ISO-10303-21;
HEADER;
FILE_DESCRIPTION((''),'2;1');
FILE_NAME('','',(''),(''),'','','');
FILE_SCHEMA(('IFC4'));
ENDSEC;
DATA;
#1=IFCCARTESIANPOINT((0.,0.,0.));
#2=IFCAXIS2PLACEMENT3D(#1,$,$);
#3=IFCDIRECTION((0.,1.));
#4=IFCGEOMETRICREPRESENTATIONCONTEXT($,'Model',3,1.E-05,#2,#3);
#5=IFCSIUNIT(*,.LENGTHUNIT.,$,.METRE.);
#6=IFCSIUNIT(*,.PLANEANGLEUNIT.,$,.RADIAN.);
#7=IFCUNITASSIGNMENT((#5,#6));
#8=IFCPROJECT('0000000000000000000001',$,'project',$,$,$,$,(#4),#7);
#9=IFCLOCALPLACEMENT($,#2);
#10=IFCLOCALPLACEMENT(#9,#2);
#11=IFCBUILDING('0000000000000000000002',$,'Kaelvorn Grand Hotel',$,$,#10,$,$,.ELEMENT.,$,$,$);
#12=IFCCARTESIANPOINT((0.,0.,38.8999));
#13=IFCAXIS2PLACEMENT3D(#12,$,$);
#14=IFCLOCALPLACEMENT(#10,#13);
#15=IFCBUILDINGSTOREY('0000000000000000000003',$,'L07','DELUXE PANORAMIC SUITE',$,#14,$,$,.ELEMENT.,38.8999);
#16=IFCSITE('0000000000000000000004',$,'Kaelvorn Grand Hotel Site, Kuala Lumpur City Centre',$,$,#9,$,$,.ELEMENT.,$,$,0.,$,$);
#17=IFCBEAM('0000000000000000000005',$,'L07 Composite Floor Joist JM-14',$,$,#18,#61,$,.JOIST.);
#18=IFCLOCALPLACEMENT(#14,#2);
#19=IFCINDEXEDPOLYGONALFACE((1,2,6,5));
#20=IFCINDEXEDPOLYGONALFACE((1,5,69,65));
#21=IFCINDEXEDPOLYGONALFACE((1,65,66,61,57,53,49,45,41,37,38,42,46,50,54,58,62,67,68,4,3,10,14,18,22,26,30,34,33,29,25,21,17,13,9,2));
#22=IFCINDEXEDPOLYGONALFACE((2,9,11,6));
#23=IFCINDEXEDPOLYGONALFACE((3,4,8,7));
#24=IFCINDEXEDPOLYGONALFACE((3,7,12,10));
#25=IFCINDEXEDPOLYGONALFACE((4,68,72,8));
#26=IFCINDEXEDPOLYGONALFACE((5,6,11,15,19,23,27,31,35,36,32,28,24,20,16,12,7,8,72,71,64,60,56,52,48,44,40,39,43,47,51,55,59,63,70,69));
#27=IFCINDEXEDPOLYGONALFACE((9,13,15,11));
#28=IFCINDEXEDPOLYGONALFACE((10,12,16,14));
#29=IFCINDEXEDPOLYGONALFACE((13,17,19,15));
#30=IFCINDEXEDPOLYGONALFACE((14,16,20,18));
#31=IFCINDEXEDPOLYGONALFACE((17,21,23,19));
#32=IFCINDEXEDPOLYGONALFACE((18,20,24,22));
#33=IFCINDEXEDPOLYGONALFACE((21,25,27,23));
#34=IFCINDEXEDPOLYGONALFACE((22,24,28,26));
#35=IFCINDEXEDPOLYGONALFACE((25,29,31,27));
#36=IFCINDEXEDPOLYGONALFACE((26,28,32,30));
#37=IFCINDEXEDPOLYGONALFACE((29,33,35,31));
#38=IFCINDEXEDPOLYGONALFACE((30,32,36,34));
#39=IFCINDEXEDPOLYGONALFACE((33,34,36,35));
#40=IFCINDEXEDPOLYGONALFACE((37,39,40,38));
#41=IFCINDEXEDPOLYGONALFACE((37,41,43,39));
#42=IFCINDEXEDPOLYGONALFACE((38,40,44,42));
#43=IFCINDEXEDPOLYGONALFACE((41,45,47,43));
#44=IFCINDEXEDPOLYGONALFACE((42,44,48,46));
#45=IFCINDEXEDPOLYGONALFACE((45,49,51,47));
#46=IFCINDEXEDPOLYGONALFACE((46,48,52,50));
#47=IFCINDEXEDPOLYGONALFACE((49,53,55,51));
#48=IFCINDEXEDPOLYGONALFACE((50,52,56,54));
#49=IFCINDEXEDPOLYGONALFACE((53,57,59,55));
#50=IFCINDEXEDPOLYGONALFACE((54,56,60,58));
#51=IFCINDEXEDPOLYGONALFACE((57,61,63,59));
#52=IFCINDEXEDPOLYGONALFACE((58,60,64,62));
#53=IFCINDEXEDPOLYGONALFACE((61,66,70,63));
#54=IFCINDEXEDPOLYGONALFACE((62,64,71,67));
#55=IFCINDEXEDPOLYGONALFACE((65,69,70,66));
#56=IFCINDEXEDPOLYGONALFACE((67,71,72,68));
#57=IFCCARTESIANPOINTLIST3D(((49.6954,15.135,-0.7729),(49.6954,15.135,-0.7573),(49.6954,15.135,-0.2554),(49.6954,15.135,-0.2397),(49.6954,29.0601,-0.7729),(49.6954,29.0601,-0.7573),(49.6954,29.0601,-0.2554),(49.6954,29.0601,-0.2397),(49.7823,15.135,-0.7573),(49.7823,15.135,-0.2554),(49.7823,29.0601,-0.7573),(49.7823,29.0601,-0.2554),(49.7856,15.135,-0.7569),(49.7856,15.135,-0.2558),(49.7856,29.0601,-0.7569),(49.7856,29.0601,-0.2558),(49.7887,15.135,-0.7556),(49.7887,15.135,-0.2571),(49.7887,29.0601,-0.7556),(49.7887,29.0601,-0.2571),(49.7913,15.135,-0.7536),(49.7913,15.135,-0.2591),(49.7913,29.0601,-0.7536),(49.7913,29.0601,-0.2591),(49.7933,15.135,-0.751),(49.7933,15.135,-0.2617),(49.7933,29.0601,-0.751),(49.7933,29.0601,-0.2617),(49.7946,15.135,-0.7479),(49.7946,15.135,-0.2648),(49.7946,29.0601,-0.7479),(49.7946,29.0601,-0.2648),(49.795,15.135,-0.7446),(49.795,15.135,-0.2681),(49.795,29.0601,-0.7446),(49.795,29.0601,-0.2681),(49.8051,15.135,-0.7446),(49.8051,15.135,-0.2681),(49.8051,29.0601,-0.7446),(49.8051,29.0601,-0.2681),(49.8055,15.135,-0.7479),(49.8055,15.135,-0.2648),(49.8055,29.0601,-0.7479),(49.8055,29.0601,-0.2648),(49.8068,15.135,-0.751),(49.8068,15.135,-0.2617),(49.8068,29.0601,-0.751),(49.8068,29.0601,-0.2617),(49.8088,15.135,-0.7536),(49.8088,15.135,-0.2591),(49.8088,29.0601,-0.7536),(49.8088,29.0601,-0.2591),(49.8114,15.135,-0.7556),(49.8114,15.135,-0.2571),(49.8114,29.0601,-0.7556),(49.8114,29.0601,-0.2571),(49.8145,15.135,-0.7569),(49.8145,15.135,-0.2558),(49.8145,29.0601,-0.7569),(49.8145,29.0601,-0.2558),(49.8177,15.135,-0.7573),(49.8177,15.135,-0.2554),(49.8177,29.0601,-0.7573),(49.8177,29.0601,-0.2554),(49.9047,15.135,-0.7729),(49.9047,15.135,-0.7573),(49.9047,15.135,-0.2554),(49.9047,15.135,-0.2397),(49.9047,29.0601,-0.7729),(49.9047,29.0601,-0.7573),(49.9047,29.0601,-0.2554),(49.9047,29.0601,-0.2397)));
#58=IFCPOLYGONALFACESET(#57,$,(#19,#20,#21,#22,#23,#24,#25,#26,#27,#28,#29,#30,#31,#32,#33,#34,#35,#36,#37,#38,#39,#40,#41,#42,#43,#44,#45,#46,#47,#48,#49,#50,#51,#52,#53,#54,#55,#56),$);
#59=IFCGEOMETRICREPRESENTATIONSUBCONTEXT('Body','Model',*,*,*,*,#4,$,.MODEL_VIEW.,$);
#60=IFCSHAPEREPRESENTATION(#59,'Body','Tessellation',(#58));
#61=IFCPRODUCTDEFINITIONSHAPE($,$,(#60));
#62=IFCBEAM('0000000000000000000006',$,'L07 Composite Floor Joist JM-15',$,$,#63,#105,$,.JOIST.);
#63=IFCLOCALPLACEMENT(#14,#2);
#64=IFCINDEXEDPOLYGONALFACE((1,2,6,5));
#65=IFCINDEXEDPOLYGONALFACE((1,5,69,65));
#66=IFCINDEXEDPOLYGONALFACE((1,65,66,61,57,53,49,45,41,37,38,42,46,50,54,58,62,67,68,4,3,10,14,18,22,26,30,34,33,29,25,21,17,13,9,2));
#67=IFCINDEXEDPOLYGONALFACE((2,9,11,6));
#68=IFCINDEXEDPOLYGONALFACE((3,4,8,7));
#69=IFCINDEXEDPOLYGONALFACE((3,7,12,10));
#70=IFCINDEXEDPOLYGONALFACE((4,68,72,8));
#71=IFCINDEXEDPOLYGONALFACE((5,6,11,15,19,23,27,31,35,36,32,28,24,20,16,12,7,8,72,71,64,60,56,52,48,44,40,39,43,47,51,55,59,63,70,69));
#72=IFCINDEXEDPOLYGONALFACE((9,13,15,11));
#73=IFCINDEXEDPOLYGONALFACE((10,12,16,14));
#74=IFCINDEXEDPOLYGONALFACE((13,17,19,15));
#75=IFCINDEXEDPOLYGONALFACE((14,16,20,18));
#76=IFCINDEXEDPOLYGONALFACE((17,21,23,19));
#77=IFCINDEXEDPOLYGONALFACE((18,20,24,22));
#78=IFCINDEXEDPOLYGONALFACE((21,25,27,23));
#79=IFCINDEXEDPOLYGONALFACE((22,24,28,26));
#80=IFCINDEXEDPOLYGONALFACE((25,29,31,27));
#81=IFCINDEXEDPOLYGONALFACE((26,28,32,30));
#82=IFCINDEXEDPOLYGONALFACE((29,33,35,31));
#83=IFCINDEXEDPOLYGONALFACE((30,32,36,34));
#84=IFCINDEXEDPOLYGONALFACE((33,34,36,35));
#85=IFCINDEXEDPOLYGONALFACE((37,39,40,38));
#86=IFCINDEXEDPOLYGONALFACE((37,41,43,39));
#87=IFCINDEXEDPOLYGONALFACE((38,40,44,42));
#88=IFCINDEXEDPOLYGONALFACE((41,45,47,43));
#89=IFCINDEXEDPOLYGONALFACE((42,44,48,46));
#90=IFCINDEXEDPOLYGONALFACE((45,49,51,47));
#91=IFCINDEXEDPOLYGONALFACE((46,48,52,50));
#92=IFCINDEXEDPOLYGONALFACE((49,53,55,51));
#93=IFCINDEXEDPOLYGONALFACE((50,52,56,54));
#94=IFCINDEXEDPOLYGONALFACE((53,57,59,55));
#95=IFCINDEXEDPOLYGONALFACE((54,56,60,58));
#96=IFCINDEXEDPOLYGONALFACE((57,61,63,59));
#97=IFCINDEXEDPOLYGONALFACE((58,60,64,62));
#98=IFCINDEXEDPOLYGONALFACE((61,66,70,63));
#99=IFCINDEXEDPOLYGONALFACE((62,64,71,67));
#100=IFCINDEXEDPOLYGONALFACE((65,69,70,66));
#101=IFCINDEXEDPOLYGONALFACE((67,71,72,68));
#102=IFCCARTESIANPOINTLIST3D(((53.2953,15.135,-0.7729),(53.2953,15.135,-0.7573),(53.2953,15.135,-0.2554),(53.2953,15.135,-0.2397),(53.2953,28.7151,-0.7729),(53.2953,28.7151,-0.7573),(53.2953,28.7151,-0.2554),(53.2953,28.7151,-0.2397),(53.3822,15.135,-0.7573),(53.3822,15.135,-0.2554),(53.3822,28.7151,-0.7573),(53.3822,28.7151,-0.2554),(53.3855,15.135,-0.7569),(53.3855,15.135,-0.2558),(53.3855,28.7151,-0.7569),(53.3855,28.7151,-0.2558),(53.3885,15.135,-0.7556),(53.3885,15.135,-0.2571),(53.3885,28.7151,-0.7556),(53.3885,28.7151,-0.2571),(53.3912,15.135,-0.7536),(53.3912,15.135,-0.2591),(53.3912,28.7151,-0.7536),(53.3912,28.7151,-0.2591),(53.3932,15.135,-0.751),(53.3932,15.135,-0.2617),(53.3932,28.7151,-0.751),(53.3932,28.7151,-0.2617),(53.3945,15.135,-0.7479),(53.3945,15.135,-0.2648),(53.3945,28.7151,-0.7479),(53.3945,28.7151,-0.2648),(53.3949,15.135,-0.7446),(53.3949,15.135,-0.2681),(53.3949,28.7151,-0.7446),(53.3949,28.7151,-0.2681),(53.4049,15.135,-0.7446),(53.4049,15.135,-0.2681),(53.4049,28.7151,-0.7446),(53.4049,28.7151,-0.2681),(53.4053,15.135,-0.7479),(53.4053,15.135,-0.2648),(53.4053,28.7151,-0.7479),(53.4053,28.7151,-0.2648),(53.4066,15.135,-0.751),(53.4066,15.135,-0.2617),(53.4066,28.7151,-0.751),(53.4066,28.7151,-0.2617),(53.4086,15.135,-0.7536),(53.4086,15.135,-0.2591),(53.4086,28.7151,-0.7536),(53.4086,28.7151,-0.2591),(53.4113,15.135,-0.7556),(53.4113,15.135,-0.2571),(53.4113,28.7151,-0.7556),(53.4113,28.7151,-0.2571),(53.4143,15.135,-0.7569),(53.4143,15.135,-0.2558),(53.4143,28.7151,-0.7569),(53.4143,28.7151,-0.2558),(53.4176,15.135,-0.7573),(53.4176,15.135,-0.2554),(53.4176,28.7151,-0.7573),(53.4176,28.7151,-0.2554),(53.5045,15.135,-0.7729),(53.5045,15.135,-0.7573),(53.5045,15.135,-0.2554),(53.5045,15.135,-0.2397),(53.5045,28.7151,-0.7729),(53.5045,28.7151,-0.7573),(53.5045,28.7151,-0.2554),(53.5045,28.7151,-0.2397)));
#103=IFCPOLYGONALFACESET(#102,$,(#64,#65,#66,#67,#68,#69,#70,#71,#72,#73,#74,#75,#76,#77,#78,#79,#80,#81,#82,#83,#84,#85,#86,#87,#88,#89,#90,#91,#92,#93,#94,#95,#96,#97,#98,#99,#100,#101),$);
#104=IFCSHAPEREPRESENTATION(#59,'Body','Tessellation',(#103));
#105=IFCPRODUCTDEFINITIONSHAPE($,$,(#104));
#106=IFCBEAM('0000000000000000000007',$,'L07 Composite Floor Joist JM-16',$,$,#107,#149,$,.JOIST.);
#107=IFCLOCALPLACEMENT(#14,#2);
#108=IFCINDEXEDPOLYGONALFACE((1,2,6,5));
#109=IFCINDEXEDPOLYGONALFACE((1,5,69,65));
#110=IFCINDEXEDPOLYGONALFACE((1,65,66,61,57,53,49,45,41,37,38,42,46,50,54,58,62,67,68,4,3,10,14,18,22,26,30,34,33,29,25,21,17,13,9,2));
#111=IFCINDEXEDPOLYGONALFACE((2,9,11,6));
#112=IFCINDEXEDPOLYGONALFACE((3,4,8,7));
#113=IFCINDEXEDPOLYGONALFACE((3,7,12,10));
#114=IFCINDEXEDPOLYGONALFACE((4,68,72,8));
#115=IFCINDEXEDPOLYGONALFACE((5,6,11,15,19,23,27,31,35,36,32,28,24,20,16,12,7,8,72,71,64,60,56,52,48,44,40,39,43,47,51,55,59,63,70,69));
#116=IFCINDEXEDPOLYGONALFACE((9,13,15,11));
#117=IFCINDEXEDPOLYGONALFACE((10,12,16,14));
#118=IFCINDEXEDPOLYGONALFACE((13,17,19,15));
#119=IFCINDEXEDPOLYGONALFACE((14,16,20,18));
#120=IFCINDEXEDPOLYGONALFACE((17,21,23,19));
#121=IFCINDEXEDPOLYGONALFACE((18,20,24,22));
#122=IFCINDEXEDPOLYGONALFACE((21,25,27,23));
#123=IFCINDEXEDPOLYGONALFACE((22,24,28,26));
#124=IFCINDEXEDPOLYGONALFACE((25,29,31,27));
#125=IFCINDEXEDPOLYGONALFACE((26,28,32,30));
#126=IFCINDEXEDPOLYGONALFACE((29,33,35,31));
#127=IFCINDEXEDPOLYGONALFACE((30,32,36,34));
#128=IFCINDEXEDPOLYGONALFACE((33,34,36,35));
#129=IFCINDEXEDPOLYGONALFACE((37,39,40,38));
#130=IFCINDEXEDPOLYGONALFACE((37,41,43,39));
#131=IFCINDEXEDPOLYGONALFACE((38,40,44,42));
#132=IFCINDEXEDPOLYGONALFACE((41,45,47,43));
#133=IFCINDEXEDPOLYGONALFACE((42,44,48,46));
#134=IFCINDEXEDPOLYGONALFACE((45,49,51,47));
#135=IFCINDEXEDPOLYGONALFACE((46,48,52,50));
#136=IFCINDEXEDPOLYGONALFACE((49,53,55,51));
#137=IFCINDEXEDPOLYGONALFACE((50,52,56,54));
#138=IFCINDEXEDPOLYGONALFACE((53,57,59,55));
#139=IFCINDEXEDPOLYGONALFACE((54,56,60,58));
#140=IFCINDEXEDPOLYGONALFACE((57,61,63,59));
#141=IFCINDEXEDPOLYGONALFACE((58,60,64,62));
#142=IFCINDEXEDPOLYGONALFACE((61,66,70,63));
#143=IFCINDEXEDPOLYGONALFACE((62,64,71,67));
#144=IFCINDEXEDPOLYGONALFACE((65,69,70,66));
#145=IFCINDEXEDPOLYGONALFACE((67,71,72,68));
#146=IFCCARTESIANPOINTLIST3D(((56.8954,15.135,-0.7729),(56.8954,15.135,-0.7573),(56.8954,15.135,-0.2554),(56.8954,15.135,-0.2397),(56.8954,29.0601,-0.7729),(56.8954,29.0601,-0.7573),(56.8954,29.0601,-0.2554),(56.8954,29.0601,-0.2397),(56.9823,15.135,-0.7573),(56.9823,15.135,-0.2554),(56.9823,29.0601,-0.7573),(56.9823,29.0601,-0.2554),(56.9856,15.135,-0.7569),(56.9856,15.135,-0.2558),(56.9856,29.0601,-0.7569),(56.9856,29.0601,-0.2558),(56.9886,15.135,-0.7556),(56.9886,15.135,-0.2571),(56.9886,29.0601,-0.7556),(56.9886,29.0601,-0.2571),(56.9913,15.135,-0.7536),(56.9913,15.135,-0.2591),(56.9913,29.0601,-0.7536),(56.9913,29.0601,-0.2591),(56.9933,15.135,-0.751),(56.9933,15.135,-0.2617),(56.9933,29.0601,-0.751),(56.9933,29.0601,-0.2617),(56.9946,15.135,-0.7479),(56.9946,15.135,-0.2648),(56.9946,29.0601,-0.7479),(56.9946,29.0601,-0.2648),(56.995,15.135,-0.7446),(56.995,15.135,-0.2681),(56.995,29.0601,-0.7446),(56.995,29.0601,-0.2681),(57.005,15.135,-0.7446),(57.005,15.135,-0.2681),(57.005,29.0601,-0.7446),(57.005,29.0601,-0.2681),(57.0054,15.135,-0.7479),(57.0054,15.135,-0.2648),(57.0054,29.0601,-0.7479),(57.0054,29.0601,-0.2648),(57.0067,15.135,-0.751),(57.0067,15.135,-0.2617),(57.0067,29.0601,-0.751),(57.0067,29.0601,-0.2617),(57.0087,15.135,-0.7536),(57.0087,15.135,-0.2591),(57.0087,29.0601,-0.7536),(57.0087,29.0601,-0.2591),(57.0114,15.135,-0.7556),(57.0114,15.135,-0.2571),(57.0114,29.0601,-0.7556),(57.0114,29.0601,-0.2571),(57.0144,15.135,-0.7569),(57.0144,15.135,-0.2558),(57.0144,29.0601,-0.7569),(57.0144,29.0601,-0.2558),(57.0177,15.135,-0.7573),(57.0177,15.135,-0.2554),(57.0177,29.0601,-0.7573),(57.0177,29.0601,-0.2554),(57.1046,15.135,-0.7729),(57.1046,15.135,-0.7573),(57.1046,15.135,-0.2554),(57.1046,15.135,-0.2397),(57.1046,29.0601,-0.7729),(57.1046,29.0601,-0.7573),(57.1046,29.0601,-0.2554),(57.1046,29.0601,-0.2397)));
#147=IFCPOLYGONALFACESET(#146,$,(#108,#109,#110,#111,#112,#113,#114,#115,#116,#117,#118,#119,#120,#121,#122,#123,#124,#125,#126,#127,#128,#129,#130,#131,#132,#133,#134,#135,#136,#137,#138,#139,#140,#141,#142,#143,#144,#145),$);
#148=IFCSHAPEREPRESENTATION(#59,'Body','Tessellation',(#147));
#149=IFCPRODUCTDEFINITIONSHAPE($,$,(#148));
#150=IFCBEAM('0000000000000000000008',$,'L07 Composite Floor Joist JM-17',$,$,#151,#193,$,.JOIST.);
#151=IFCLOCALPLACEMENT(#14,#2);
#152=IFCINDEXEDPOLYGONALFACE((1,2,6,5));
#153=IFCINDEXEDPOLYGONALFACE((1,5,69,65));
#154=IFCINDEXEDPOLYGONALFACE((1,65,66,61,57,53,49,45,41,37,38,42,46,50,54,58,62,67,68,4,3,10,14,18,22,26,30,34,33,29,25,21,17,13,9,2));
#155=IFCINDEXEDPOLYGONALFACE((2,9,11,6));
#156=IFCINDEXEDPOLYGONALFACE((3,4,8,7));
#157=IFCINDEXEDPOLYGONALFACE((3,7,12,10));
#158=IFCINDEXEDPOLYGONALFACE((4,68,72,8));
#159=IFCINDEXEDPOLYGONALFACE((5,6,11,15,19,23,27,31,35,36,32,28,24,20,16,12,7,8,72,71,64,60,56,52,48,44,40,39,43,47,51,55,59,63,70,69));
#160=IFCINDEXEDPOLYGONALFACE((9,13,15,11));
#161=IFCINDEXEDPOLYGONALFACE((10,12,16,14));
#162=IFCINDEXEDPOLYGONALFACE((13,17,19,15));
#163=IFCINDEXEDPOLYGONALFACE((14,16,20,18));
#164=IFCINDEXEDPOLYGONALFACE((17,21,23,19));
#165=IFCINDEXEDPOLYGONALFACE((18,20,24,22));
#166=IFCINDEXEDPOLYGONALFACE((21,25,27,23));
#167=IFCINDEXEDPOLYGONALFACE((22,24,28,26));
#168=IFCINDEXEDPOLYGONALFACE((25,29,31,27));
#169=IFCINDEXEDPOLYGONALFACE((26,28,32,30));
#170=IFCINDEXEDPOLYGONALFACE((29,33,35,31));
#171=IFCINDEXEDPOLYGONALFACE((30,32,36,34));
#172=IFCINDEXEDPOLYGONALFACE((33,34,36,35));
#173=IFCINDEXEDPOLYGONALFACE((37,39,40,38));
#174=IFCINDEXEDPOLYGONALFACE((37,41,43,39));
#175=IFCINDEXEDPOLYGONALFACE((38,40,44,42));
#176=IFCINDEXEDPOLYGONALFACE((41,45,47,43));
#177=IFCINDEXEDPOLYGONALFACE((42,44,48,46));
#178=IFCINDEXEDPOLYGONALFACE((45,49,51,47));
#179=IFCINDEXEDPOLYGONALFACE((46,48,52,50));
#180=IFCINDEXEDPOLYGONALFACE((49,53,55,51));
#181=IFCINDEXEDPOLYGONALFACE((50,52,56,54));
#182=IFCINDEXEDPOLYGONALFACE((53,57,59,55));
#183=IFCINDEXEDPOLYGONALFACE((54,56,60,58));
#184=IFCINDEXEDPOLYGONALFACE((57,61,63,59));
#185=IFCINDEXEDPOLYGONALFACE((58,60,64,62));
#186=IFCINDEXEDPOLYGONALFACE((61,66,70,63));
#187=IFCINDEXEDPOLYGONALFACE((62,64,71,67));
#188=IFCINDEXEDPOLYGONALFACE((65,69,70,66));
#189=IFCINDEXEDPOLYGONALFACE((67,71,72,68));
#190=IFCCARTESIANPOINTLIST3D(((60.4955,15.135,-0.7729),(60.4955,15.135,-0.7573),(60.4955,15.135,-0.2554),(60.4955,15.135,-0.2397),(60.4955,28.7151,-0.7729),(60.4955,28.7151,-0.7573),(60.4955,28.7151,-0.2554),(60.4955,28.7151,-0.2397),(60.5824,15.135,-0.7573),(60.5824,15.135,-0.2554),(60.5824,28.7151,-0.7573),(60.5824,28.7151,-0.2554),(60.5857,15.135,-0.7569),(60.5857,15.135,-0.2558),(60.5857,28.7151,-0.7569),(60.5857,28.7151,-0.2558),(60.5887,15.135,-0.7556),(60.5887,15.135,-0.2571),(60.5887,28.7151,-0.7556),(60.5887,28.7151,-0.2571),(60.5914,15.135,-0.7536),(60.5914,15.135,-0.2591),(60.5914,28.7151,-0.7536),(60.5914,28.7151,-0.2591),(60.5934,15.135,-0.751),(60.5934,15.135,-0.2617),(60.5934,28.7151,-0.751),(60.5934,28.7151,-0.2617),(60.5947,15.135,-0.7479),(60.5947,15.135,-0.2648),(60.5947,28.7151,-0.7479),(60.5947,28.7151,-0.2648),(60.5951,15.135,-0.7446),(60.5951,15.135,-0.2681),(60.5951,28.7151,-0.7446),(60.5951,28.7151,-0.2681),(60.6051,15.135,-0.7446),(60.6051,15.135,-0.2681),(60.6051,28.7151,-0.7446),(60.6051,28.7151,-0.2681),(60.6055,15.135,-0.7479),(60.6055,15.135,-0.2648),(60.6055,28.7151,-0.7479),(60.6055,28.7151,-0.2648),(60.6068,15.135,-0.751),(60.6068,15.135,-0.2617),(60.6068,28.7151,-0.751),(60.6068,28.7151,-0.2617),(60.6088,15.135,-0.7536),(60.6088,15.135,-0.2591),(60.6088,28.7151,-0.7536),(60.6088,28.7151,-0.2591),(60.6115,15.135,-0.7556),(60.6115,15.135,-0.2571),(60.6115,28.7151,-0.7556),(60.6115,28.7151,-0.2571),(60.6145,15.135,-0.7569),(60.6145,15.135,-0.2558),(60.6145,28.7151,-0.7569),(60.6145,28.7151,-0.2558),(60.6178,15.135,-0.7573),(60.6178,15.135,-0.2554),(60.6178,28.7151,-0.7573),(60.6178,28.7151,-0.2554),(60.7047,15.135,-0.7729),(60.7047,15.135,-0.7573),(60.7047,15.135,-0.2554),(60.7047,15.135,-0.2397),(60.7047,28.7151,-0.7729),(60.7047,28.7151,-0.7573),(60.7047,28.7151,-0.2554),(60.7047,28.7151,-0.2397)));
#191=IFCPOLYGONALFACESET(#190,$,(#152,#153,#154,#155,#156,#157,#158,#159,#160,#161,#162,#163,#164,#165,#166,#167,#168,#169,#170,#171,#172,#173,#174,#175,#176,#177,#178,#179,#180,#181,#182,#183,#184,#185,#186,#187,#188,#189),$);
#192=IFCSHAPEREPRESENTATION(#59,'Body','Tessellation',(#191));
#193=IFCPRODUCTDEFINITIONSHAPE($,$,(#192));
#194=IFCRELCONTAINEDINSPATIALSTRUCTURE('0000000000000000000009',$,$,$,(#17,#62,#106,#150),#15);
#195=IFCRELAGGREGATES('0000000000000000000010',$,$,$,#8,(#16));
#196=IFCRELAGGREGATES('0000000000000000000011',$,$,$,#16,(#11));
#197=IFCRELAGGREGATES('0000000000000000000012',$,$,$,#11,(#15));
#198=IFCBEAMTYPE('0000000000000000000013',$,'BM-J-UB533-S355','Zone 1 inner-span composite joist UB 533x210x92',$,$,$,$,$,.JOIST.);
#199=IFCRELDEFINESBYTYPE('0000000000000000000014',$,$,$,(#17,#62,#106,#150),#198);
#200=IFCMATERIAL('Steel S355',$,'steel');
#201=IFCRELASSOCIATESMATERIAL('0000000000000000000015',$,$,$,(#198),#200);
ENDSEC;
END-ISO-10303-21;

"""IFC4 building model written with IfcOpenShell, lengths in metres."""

from ifc_helpers import new_model, si_unit, direction, frame, origin, origin_2d, place, context, subcontext, project, spatial, i_section, extrude, material, material_profile, profile_set, type_object, element, save


model = new_model("IFC4")

# Units and contexts
model_context = context("Model", 3, precision=1e-05, world=origin(), true_north=direction((0.0, 1.0)))
body_context = subcontext(model_context, "Body", "Model", "MODEL_VIEW")
ifc_project = project(units=[si_unit("LENGTHUNIT", "METRE"), si_unit("PLANEANGLEUNIT", "RADIAN")], contexts=[model_context])

# Site, building, storey
site_placement = place(None, origin())
site = spatial("IfcSite", under=ifc_project, at=site_placement, Name="Kaelvorn Grand Hotel Site, Kuala Lumpur City Centre", CompositionType="ELEMENT", RefElevation=0.0)
building_placement = place(site_placement, origin())
building = spatial("IfcBuilding", under=site, at=building_placement, Name="Kaelvorn Grand Hotel", CompositionType="ELEMENT")
storey_placement = place(building_placement, frame((0.0, 0.0, 38.8999)))
storey = spatial("IfcBuildingStorey", under=building, at=storey_placement, Name="L07", Description="DELUXE PANORAMIC SUITE", CompositionType="ELEMENT", Elevation=38.8999)

# Beams
ifc_material_1 = material(Name="Steel S355", Category="steel")
ifc_material_profile_1 = material_profile(ifc_material_1, i_section(OverallWidth=0.2092, OverallDepth=0.5332, WebThickness=0.01, FlangeThickness=0.0156, FilletRadius=0.0127, at=origin_2d()), Name="UB 533x210x92")
ifc_profile_set_1 = profile_set([ifc_material_profile_1], Name="Steel S355")
beam_type_1 = type_object("IfcBeamType", Name="BM-J-UB533-S355", Description="Zone 1 inner-span composite joist UB 533x210x92", PredefinedType="JOIST", material=ifc_profile_set_1)
beam_1_placement = place(storey_placement, frame((49.8, 15.135, -0.5063), z_axis=(0.0, 1.0, 0.0), x_axis=(-1.0, 0.0, 0.0)))
element("IfcBeam", 1, at=beam_1_placement, inside=storey, type_object=beam_type_1, Name="L07 Composite Floor Joist JM-14", PredefinedType="JOIST", context=body_context, shape_type="SweptSolid", body=[
    extrude(i_section(OverallWidth=0.2092, OverallDepth=0.5332, WebThickness=0.01, FlangeThickness=0.0156, FilletRadius=0.0127, at=origin_2d()), origin(), (0.0, 0.0, 1.0), 13.925),
])
beam_2_placement = place(storey_placement, frame((53.3999, 15.135, -0.5063), z_axis=(0.0, 1.0, 0.0), x_axis=(-1.0, 0.0, 0.0)))
element("IfcBeam", 2, at=beam_2_placement, inside=storey, type_object=beam_type_1, Name="L07 Composite Floor Joist JM-15", PredefinedType="JOIST", context=body_context, shape_type="SweptSolid", body=[
    extrude(i_section(OverallWidth=0.2092, OverallDepth=0.5332, WebThickness=0.01, FlangeThickness=0.0156, FilletRadius=0.0127, at=origin_2d()), origin(), (0.0, 0.0, 1.0), 13.5801),
])
beam_3_placement = place(storey_placement, frame((57.0, 15.135, -0.5063), z_axis=(0.0, 1.0, 0.0), x_axis=(-1.0, 0.0, 0.0)))
element("IfcBeam", 3, at=beam_3_placement, inside=storey, type_object=beam_type_1, Name="L07 Composite Floor Joist JM-16", PredefinedType="JOIST", context=body_context, shape_type="SweptSolid", body=[
    extrude(i_section(OverallWidth=0.2092, OverallDepth=0.5332, WebThickness=0.01, FlangeThickness=0.0156, FilletRadius=0.0127, at=origin_2d()), origin(), (0.0, 0.0, 1.0), 13.925),
])
beam_4_placement = place(storey_placement, frame((60.6001, 15.135, -0.5063), z_axis=(0.0, 1.0, 0.0), x_axis=(-1.0, 0.0, 0.0)))
element("IfcBeam", 4, at=beam_4_placement, inside=storey, type_object=beam_type_1, Name="L07 Composite Floor Joist JM-17", PredefinedType="JOIST", context=body_context, shape_type="SweptSolid", body=[
    extrude(i_section(OverallWidth=0.2092, OverallDepth=0.5332, WebThickness=0.01, FlangeThickness=0.0156, FilletRadius=0.0127, at=origin_2d()), origin(), (0.0, 0.0, 1.0), 13.5801),
])

save(model, "model.ifc")
